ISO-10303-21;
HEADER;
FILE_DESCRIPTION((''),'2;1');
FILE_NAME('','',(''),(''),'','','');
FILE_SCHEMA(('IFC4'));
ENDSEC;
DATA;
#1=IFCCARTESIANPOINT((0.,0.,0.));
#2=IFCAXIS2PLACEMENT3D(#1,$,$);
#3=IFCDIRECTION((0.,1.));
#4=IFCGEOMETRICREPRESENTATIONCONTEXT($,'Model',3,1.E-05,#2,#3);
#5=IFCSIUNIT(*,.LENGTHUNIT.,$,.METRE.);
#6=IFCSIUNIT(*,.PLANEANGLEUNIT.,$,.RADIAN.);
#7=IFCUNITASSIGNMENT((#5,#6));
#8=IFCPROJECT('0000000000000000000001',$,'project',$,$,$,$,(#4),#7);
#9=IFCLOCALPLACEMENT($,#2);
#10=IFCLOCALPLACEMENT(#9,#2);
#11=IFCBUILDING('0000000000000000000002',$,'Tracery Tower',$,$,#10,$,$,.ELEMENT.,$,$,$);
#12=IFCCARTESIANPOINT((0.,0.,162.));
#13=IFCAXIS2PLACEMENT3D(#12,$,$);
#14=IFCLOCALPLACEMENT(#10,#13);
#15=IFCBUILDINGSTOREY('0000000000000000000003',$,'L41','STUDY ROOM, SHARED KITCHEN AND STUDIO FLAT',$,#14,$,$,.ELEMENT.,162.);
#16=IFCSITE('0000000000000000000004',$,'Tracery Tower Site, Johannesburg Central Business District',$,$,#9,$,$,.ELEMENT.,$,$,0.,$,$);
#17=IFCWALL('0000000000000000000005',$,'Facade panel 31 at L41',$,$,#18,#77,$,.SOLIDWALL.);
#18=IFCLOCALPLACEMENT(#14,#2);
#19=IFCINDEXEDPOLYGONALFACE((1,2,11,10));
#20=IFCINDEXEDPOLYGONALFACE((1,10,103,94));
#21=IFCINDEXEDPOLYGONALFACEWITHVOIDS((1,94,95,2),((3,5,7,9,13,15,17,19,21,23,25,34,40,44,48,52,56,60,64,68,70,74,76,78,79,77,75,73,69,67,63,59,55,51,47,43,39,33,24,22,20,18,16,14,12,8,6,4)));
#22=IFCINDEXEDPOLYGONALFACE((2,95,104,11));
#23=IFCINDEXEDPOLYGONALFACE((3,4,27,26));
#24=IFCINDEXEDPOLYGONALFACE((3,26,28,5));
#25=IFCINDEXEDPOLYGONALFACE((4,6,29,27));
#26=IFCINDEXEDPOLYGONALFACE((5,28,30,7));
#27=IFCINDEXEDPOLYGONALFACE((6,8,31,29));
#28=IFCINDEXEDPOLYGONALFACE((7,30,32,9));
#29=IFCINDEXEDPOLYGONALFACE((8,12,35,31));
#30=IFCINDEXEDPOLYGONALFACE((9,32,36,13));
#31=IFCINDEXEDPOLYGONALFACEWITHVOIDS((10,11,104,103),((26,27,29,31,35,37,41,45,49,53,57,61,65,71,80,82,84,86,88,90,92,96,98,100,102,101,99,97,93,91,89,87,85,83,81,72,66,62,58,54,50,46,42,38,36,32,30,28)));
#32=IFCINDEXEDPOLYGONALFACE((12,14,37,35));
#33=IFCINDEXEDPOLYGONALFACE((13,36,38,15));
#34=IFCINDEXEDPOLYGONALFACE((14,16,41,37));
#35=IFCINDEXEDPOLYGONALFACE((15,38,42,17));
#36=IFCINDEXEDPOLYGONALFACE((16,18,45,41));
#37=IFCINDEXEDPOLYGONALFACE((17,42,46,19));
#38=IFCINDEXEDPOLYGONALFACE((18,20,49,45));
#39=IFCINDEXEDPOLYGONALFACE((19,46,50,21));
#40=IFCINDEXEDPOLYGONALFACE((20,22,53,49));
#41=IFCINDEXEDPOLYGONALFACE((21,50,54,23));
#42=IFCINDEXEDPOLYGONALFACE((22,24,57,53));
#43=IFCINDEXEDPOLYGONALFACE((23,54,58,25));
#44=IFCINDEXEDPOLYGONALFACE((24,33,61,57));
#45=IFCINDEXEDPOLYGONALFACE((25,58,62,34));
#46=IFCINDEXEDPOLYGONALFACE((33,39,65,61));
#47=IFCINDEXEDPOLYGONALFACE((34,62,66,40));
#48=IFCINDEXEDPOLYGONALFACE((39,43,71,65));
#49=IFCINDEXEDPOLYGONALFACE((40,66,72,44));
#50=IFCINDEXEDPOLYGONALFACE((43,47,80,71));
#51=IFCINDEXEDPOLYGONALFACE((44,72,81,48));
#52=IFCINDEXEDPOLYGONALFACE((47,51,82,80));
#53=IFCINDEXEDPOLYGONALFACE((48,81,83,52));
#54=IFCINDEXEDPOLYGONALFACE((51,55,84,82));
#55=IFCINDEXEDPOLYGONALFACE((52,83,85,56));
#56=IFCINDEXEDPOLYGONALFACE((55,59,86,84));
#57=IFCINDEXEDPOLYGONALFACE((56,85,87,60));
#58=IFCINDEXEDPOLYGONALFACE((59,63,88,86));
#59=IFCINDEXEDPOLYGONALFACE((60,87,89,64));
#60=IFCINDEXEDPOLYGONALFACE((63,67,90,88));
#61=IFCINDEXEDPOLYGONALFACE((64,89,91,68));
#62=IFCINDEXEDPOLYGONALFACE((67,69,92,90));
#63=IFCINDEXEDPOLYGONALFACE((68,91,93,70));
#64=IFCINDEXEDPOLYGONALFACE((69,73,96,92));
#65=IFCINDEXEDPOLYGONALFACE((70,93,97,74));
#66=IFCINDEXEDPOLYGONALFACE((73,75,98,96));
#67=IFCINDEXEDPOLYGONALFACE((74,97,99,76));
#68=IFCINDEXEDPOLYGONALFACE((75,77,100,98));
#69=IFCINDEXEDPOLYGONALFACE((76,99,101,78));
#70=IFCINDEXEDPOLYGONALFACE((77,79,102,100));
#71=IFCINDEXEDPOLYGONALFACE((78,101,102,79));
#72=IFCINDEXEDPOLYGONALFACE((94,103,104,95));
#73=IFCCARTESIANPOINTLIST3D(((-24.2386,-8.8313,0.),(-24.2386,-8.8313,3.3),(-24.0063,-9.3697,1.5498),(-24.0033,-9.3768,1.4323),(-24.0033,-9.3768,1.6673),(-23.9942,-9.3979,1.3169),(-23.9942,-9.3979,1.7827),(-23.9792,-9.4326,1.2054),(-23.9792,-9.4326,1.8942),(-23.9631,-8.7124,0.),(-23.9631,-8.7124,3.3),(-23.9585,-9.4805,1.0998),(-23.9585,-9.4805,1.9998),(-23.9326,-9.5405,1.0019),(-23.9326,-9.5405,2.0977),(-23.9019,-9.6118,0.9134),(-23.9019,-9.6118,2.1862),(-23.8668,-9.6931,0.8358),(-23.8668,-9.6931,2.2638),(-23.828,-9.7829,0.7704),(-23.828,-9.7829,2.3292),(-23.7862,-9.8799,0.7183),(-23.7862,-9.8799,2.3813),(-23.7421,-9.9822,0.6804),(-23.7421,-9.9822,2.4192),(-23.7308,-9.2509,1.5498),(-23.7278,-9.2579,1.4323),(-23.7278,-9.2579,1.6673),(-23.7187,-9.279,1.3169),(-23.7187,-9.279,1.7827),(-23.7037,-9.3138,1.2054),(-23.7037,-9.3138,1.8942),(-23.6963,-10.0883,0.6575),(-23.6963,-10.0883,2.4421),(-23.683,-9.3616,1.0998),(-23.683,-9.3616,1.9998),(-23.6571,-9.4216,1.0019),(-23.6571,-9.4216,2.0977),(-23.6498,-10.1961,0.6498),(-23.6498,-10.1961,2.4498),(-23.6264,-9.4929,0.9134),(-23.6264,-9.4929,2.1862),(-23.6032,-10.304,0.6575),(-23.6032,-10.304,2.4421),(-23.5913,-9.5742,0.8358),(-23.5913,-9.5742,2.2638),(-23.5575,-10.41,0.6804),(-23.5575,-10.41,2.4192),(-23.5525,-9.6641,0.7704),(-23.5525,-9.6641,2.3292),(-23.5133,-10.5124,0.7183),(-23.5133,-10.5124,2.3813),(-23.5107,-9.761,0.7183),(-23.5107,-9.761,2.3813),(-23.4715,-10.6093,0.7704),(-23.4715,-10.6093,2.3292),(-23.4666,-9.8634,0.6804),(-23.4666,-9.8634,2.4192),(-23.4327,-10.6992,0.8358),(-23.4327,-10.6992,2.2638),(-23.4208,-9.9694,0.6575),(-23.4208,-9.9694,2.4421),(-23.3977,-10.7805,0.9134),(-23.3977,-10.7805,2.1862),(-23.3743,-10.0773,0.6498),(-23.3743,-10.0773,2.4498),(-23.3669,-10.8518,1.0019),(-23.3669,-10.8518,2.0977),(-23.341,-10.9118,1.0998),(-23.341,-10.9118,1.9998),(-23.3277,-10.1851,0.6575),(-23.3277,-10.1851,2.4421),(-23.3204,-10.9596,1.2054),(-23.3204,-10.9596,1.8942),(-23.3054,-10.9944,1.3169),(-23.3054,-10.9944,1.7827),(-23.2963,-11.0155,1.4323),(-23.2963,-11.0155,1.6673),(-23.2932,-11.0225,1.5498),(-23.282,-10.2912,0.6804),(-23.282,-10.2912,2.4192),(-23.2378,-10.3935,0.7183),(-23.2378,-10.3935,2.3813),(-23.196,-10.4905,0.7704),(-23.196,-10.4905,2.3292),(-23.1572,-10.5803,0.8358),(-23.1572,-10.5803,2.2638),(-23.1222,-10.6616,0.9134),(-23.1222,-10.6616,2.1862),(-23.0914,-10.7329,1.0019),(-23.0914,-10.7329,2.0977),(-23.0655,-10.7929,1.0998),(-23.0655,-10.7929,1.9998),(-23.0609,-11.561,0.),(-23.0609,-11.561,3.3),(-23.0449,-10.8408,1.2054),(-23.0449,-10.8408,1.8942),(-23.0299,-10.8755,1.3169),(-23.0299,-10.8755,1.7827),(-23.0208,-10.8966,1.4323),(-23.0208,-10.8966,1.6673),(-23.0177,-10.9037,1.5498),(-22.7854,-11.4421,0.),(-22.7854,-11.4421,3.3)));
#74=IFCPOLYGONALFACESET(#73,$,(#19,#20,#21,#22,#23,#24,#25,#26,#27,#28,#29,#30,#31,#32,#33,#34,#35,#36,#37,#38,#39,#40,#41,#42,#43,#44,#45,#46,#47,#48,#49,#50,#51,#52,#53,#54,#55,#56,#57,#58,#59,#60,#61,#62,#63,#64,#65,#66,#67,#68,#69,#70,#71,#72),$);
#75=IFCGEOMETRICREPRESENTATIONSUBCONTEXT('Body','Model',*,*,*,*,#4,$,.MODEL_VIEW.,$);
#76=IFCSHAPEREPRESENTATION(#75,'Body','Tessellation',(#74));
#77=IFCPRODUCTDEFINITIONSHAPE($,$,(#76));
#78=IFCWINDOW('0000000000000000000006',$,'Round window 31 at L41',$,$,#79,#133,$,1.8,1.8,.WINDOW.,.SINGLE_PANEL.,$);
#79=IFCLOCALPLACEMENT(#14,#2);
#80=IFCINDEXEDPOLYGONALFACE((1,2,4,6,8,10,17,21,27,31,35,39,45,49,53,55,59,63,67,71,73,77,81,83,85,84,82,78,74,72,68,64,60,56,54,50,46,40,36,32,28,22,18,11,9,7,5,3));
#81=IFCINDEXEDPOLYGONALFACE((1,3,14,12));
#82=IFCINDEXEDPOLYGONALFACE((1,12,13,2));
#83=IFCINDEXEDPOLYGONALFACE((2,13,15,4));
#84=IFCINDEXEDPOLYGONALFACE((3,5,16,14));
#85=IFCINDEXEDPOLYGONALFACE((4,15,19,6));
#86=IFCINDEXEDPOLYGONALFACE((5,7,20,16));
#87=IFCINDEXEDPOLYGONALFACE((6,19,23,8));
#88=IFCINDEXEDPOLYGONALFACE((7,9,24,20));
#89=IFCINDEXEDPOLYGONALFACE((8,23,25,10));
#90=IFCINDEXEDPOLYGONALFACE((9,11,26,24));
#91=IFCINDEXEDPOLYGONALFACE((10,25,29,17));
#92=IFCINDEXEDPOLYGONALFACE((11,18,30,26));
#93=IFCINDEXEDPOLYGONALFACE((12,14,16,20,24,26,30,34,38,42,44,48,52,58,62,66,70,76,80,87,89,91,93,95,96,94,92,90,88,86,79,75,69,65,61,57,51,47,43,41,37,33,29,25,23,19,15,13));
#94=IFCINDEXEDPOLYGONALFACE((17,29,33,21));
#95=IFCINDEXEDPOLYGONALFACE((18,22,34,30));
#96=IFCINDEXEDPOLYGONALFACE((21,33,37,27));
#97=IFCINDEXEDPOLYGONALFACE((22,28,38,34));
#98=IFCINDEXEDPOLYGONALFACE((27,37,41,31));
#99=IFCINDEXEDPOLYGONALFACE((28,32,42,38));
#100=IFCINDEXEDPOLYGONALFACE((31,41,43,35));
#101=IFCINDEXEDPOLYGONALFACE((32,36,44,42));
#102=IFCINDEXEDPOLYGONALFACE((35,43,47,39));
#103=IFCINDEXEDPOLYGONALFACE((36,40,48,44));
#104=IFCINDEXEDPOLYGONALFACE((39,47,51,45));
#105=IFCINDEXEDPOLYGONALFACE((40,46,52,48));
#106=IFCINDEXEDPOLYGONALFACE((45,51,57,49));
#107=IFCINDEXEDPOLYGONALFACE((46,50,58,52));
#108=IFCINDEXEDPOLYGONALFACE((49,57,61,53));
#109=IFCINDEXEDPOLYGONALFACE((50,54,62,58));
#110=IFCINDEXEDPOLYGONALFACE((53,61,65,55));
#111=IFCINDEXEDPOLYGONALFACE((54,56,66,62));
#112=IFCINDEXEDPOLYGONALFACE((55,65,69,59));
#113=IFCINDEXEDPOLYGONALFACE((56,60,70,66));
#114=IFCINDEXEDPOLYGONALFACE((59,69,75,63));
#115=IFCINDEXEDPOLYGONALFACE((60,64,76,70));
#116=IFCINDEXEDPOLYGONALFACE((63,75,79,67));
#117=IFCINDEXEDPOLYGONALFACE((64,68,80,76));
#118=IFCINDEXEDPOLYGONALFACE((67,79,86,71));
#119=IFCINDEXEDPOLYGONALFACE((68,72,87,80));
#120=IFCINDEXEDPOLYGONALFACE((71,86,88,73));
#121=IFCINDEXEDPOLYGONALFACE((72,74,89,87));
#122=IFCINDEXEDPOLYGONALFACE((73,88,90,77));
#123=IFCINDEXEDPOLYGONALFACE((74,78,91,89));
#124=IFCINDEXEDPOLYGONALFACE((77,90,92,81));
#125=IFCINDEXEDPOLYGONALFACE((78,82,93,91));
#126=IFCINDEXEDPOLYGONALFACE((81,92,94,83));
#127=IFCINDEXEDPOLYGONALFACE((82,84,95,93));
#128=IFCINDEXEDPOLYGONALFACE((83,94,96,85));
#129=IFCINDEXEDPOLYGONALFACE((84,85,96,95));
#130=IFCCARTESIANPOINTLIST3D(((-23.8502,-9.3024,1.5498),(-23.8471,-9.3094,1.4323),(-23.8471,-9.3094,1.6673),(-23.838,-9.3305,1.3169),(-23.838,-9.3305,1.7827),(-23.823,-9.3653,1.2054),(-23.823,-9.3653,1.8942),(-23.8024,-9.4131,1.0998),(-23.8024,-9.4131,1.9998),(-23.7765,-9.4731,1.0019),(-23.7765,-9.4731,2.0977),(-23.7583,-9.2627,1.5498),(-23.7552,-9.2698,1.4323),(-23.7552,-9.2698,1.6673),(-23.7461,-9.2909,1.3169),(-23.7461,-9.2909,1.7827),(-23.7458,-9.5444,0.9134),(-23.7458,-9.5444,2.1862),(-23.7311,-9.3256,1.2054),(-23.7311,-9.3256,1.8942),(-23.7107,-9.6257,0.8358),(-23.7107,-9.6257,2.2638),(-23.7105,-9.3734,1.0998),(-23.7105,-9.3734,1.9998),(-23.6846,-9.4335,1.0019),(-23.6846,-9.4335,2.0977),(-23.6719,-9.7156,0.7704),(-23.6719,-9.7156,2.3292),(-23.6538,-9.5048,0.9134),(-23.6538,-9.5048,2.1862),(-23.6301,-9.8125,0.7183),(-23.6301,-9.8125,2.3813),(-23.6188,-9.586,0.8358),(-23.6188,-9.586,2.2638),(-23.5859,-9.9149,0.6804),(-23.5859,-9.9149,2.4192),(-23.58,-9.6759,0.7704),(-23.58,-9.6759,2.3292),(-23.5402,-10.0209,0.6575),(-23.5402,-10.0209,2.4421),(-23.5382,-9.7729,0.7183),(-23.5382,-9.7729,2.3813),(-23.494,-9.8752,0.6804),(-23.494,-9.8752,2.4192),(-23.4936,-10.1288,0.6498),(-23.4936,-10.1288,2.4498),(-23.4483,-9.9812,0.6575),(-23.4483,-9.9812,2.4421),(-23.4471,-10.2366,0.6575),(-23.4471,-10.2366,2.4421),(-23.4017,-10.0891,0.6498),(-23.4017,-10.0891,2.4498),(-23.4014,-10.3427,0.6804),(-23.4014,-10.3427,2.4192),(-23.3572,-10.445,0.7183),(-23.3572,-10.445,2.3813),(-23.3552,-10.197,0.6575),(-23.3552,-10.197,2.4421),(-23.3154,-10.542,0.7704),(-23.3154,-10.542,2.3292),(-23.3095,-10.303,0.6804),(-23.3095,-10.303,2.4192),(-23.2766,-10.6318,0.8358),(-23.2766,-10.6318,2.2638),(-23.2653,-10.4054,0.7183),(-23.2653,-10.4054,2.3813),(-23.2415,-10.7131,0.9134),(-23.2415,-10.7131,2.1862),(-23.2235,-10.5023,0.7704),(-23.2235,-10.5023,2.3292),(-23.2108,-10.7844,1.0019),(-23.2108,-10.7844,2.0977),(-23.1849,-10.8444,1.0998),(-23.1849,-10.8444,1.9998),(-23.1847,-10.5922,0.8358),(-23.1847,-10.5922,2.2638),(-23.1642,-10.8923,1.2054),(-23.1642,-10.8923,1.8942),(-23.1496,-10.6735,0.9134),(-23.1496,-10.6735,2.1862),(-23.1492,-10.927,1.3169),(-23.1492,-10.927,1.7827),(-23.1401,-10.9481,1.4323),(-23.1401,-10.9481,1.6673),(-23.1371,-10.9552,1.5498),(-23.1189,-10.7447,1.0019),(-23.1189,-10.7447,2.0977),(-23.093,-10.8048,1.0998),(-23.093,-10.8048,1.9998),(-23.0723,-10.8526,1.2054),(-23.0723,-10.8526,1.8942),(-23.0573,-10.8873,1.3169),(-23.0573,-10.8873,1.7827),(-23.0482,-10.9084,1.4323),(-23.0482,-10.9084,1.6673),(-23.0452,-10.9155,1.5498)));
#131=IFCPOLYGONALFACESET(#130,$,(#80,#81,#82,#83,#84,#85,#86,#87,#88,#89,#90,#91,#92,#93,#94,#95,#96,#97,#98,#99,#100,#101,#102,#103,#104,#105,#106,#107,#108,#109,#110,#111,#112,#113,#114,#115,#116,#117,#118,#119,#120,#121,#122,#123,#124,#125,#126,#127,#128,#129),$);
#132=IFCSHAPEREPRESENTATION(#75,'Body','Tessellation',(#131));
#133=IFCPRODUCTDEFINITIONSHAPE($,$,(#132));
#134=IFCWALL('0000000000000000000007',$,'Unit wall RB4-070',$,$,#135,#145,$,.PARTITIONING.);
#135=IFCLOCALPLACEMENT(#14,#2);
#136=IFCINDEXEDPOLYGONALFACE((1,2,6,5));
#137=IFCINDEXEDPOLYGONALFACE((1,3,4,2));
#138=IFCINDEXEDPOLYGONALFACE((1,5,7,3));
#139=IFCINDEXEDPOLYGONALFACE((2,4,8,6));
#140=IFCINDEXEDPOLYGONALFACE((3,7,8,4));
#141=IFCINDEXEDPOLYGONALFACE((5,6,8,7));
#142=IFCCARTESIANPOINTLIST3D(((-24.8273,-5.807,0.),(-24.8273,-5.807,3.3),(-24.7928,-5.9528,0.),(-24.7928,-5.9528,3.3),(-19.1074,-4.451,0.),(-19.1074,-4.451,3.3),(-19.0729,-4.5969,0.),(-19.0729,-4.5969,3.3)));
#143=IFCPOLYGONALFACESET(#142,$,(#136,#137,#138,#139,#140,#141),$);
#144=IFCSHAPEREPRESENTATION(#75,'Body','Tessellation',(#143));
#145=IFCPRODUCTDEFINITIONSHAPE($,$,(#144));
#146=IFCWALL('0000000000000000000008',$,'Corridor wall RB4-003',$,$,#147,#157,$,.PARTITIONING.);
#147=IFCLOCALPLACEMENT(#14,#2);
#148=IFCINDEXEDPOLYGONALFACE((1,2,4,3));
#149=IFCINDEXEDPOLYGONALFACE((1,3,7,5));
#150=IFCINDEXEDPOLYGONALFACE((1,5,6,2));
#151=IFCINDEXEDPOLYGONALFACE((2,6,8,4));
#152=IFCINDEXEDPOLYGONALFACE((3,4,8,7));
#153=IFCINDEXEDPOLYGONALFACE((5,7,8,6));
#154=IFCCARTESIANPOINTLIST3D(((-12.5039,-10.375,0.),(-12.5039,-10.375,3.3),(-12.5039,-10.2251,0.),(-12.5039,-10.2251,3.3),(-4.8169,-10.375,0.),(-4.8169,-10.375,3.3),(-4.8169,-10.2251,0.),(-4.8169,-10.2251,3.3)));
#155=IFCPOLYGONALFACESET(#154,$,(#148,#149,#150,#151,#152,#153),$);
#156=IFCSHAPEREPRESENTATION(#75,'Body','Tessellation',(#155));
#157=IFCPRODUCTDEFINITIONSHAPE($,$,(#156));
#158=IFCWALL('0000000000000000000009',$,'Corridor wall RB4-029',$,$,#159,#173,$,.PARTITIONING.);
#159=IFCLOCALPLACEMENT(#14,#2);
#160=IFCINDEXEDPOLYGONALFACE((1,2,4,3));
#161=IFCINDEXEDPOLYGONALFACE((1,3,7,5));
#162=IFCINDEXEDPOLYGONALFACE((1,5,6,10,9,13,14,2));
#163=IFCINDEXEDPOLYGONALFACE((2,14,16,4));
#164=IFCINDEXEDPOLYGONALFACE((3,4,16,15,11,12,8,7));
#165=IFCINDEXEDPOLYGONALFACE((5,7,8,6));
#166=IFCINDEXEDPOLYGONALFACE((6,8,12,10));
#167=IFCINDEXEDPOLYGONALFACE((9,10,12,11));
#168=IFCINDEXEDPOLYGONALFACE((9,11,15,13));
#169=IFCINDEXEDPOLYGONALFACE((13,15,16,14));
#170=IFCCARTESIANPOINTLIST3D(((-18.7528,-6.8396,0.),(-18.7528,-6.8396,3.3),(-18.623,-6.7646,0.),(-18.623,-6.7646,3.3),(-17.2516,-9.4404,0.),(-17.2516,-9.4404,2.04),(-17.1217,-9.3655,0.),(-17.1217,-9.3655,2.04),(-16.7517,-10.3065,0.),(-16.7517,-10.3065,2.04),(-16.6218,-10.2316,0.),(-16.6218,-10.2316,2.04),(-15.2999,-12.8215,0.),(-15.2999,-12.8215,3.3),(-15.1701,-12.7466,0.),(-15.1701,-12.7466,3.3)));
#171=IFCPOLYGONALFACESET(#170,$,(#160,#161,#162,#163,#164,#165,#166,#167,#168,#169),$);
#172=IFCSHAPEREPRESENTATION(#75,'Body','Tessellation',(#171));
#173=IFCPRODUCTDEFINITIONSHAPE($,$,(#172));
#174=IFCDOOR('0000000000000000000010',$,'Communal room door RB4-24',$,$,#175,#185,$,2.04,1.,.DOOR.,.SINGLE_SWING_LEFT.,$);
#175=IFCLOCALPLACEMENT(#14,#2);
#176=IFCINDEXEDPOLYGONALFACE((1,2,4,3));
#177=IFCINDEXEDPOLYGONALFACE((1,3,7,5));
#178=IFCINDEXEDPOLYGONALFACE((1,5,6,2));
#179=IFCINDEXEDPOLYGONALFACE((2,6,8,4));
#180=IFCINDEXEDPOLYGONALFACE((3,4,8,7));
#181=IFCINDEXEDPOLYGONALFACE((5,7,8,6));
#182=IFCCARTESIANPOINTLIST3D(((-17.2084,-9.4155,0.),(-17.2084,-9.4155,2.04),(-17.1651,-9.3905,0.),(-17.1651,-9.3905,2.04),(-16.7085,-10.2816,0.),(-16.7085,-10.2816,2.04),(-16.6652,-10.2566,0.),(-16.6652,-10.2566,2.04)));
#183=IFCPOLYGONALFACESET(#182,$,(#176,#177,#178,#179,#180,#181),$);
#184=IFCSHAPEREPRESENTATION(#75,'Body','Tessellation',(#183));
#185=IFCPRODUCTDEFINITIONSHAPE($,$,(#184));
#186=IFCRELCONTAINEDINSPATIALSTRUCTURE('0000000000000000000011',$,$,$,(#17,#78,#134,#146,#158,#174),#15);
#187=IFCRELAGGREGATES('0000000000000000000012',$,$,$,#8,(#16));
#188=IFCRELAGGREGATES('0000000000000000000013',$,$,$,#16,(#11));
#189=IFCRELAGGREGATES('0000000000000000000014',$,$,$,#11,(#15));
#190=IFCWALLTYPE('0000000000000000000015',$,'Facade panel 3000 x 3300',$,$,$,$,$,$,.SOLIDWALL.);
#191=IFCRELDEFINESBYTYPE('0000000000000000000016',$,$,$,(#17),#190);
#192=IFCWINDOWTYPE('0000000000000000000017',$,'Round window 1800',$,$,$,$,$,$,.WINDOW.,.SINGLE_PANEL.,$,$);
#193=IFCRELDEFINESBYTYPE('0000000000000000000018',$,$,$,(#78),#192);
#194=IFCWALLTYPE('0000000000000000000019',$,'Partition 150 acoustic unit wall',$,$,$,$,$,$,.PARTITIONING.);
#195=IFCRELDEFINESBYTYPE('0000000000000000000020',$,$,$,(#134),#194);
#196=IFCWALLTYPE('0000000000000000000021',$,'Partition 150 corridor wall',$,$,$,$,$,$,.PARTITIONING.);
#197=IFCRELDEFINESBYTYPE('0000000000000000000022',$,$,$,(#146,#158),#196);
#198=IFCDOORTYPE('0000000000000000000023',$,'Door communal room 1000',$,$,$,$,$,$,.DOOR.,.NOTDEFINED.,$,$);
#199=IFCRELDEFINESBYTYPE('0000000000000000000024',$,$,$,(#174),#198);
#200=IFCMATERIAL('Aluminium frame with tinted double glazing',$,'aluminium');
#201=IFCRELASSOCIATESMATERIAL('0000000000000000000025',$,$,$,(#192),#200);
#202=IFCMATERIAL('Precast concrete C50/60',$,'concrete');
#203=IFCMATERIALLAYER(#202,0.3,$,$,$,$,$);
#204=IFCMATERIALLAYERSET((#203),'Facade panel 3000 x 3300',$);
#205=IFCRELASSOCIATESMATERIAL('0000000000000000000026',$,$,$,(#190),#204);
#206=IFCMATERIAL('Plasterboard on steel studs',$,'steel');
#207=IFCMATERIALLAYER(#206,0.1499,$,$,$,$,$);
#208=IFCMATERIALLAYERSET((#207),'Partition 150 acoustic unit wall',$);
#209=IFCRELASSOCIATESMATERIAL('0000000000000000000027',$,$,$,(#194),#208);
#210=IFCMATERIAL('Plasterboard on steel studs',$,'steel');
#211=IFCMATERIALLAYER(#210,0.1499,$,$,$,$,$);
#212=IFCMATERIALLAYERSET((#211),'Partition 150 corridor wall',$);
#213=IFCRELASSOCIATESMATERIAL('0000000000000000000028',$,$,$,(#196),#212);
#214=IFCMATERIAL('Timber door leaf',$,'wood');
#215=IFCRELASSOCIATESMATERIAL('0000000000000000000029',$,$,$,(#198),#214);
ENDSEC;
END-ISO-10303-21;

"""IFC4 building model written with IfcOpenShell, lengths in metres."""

from ifc_helpers import new_model, si_unit, direction, frame, frame_2d, origin, origin_2d, place, context, subcontext, project, spatial, rectangle, circle, extrude, material, layer, layer_set, type_object, element, fill, save


model = new_model("IFC4")

# Units and contexts
model_context = context("Model", 3, precision=1e-05, world=origin(), true_north=direction((0.0, 1.0)))
body_context = subcontext(model_context, "Body", "Model", "MODEL_VIEW")
ifc_project = project(units=[si_unit("LENGTHUNIT", "METRE"), si_unit("PLANEANGLEUNIT", "RADIAN")], contexts=[model_context])

# Site, building, storey
site_placement = place(None, origin())
site = spatial("IfcSite", under=ifc_project, at=site_placement, Name="Tracery Tower Site, Johannesburg Central Business District", CompositionType="ELEMENT", RefElevation=0.0)
building_placement = place(site_placement, origin())
building = spatial("IfcBuilding", under=site, at=building_placement, Name="Tracery Tower", CompositionType="ELEMENT")
storey_placement = place(building_placement, frame((0.0, 0.0, 162.0)))
storey = spatial("IfcBuildingStorey", under=building, at=storey_placement, Name="L41", Description="STUDY ROOM, SHARED KITCHEN AND STUDIO FLAT", CompositionType="ELEMENT", Elevation=162.0)

# Wall, opening, window
ifc_material_1 = material(Name="Aluminium frame with tinted double glazing", Category="aluminium")
window_type = type_object("IfcWindowType", Name="Round window 1800", PartitioningType="SINGLE_PANEL", PredefinedType="WINDOW", material=ifc_material_1)
ifc_material_2 = material(Name="Precast concrete C50/60", Category="concrete")
ifc_layer_1 = layer(ifc_material_2, 0.3)
ifc_layer_set_1 = layer_set([ifc_layer_1], Name="Facade panel 3000 x 3300")
wall_type_1 = type_object("IfcWallType", Name="Facade panel 3000 x 3300", PredefinedType="SOLIDWALL", material=ifc_layer_set_1)
wall_1_placement = place(storey_placement, frame((-24.1008, -8.772, 0.0), z_axis=(0.0, 0.0, 1.0), x_axis=(0.396148, -0.918187, 0.0)))
wall_1 = element("IfcWall", 1, at=wall_1_placement, inside=storey, type_object=wall_type_1, Name="Facade panel 31 at L41", PredefinedType="SOLIDWALL", context=body_context, shape_type="SweptSolid", body=[
    extrude(rectangle(XDim=2.9729, YDim=0.3, at=frame_2d((1.4863, 0.0))), origin(), (0.0, 0.0, 1.0), 3.3),
])
opening_1_placement = place(wall_1_placement, frame((1.4863, 0.0, 1.5498)))
opening_1 = element("IfcOpeningElement", 2, at=opening_1_placement, cuts=wall_1, PredefinedType="OPENING", context=body_context, shape_type="SweptSolid", body=[
    extrude(circle(Radius=0.9, at=origin_2d()), frame((0.0, 0.1599, 0.0), z_axis=(0.0, -1.0, 0.0), x_axis=(1.0, 0.0, 0.0)), (0.0, 0.0, 1.0), 0.3201),
])
window_1_placement = place(opening_1_placement, origin())
window_1 = element("IfcWindow", 3, at=window_1_placement, inside=storey, type_object=window_type, Name="Round window 31 at L41", OverallHeight=1.8, OverallWidth=1.8, PartitioningType="SINGLE_PANEL", PredefinedType="WINDOW", context=body_context, shape_type="SweptSolid", body=[
    extrude(circle(Radius=0.9, at=origin_2d()), frame((0.0, 0.1201, 0.0), z_axis=(0.0, -1.0, 0.0), x_axis=(1.0, 0.0, 0.0)), (0.0, 0.0, 1.0), 0.1001),
])
fill(opening_1, window_1)

# Walls
ifc_material_3 = material(Name="Plasterboard on steel studs", Category="steel")
ifc_layer_2 = layer(ifc_material_3, 0.1499)
ifc_layer_set_2 = layer_set([ifc_layer_2], Name="Partition 150 acoustic unit wall")
wall_type_2 = type_object("IfcWallType", Name="Partition 150 acoustic unit wall", PredefinedType="PARTITIONING", material=ifc_layer_set_2)
wall_2_placement = place(storey_placement, frame((-24.8101, -5.8799, 0.0), z_axis=(0.0, 0.0, 1.0), x_axis=(0.973033, 0.230664, 0.0)))
element("IfcWall", 4, at=wall_2_placement, inside=storey, type_object=wall_type_2, Name="Unit wall RB4-070", PredefinedType="PARTITIONING", context=body_context, shape_type="SweptSolid", body=[
    extrude(rectangle(XDim=5.8784, YDim=0.1499, at=frame_2d((2.9392, 0.0))), origin(), (0.0, 0.0, 1.0), 3.3),
])
ifc_material_4 = material(Name="Plasterboard on steel studs", Category="steel")
ifc_layer_3 = layer(ifc_material_4, 0.1499)
ifc_layer_set_3 = layer_set([ifc_layer_3], Name="Partition 150 corridor wall")
wall_type_3 = type_object("IfcWallType", Name="Partition 150 corridor wall", PredefinedType="PARTITIONING", material=ifc_layer_set_3)
wall_3_placement = place(storey_placement, frame((-12.5039, -10.3, 0.0), z_axis=(0.0, 0.0, 1.0), x_axis=(1.0, 0.0, 0.0)))
element("IfcWall", 5, at=wall_3_placement, inside=storey, type_object=wall_type_3, Name="Corridor wall RB4-003", PredefinedType="PARTITIONING", context=body_context, shape_type="SweptSolid", body=[
    extrude(rectangle(XDim=7.687, YDim=0.1499, at=frame_2d((3.8435, 0.0))), origin(), (0.0, 0.0, 1.0), 3.3),
])

# Wall, opening, door
wall_4_placement = place(storey_placement, frame((-18.688, -6.802, 0.0), z_axis=(0.0, 0.0, 1.0), x_axis=(0.499914, -0.866075, 0.0)))
wall_4 = element("IfcWall", 6, at=wall_4_placement, inside=storey, type_object=wall_type_3, Name="Corridor wall RB4-029", PredefinedType="PARTITIONING", context=body_context, shape_type="SweptSolid", body=[
    extrude(rectangle(XDim=6.907, YDim=0.1499, at=frame_2d((3.4536, 0.0))), origin(), (0.0, 0.0, 1.0), 3.3),
])
opening_2_placement = place(wall_4_placement, frame((3.0032, 0.0, 0.0)))
opening_2 = element("IfcOpeningElement", 7, at=opening_2_placement, cuts=wall_4, PredefinedType="OPENING", context=body_context, shape_type="SweptSolid", body=[
    extrude(rectangle(XDim=1.0, YDim=2.04, at=frame_2d((0.5, 1.02))), frame((0.0, 0.075, 0.0), z_axis=(0.0, -1.0, 0.0), x_axis=(1.0, 0.0, 0.0)), (0.0, 0.0, 1.0), 0.1499),
])
ifc_material_5 = material(Name="Timber door leaf", Category="wood")
door_type_1 = type_object("IfcDoorType", Name="Door communal room 1000", OperationType="NOTDEFINED", PredefinedType="DOOR", material=ifc_material_5)
door_1_placement = place(opening_2_placement, origin())
door_1 = element("IfcDoor", 8, at=door_1_placement, inside=storey, type_object=door_type_1, Name="Communal room door RB4-24", OperationType="SINGLE_SWING_LEFT", OverallHeight=2.04, OverallWidth=1.0, PredefinedType="DOOR", context=body_context, shape_type="SweptSolid", body=[
    extrude(rectangle(XDim=1.0, YDim=2.04, at=frame_2d((0.5, 1.02))), frame((0.0, 0.0249, 0.0), z_axis=(0.0, -1.0, 0.0), x_axis=(1.0, 0.0, 0.0)), (0.0, 0.0, 1.0), 0.05),
])
fill(opening_2, door_1)

save(model, "model.ifc")
